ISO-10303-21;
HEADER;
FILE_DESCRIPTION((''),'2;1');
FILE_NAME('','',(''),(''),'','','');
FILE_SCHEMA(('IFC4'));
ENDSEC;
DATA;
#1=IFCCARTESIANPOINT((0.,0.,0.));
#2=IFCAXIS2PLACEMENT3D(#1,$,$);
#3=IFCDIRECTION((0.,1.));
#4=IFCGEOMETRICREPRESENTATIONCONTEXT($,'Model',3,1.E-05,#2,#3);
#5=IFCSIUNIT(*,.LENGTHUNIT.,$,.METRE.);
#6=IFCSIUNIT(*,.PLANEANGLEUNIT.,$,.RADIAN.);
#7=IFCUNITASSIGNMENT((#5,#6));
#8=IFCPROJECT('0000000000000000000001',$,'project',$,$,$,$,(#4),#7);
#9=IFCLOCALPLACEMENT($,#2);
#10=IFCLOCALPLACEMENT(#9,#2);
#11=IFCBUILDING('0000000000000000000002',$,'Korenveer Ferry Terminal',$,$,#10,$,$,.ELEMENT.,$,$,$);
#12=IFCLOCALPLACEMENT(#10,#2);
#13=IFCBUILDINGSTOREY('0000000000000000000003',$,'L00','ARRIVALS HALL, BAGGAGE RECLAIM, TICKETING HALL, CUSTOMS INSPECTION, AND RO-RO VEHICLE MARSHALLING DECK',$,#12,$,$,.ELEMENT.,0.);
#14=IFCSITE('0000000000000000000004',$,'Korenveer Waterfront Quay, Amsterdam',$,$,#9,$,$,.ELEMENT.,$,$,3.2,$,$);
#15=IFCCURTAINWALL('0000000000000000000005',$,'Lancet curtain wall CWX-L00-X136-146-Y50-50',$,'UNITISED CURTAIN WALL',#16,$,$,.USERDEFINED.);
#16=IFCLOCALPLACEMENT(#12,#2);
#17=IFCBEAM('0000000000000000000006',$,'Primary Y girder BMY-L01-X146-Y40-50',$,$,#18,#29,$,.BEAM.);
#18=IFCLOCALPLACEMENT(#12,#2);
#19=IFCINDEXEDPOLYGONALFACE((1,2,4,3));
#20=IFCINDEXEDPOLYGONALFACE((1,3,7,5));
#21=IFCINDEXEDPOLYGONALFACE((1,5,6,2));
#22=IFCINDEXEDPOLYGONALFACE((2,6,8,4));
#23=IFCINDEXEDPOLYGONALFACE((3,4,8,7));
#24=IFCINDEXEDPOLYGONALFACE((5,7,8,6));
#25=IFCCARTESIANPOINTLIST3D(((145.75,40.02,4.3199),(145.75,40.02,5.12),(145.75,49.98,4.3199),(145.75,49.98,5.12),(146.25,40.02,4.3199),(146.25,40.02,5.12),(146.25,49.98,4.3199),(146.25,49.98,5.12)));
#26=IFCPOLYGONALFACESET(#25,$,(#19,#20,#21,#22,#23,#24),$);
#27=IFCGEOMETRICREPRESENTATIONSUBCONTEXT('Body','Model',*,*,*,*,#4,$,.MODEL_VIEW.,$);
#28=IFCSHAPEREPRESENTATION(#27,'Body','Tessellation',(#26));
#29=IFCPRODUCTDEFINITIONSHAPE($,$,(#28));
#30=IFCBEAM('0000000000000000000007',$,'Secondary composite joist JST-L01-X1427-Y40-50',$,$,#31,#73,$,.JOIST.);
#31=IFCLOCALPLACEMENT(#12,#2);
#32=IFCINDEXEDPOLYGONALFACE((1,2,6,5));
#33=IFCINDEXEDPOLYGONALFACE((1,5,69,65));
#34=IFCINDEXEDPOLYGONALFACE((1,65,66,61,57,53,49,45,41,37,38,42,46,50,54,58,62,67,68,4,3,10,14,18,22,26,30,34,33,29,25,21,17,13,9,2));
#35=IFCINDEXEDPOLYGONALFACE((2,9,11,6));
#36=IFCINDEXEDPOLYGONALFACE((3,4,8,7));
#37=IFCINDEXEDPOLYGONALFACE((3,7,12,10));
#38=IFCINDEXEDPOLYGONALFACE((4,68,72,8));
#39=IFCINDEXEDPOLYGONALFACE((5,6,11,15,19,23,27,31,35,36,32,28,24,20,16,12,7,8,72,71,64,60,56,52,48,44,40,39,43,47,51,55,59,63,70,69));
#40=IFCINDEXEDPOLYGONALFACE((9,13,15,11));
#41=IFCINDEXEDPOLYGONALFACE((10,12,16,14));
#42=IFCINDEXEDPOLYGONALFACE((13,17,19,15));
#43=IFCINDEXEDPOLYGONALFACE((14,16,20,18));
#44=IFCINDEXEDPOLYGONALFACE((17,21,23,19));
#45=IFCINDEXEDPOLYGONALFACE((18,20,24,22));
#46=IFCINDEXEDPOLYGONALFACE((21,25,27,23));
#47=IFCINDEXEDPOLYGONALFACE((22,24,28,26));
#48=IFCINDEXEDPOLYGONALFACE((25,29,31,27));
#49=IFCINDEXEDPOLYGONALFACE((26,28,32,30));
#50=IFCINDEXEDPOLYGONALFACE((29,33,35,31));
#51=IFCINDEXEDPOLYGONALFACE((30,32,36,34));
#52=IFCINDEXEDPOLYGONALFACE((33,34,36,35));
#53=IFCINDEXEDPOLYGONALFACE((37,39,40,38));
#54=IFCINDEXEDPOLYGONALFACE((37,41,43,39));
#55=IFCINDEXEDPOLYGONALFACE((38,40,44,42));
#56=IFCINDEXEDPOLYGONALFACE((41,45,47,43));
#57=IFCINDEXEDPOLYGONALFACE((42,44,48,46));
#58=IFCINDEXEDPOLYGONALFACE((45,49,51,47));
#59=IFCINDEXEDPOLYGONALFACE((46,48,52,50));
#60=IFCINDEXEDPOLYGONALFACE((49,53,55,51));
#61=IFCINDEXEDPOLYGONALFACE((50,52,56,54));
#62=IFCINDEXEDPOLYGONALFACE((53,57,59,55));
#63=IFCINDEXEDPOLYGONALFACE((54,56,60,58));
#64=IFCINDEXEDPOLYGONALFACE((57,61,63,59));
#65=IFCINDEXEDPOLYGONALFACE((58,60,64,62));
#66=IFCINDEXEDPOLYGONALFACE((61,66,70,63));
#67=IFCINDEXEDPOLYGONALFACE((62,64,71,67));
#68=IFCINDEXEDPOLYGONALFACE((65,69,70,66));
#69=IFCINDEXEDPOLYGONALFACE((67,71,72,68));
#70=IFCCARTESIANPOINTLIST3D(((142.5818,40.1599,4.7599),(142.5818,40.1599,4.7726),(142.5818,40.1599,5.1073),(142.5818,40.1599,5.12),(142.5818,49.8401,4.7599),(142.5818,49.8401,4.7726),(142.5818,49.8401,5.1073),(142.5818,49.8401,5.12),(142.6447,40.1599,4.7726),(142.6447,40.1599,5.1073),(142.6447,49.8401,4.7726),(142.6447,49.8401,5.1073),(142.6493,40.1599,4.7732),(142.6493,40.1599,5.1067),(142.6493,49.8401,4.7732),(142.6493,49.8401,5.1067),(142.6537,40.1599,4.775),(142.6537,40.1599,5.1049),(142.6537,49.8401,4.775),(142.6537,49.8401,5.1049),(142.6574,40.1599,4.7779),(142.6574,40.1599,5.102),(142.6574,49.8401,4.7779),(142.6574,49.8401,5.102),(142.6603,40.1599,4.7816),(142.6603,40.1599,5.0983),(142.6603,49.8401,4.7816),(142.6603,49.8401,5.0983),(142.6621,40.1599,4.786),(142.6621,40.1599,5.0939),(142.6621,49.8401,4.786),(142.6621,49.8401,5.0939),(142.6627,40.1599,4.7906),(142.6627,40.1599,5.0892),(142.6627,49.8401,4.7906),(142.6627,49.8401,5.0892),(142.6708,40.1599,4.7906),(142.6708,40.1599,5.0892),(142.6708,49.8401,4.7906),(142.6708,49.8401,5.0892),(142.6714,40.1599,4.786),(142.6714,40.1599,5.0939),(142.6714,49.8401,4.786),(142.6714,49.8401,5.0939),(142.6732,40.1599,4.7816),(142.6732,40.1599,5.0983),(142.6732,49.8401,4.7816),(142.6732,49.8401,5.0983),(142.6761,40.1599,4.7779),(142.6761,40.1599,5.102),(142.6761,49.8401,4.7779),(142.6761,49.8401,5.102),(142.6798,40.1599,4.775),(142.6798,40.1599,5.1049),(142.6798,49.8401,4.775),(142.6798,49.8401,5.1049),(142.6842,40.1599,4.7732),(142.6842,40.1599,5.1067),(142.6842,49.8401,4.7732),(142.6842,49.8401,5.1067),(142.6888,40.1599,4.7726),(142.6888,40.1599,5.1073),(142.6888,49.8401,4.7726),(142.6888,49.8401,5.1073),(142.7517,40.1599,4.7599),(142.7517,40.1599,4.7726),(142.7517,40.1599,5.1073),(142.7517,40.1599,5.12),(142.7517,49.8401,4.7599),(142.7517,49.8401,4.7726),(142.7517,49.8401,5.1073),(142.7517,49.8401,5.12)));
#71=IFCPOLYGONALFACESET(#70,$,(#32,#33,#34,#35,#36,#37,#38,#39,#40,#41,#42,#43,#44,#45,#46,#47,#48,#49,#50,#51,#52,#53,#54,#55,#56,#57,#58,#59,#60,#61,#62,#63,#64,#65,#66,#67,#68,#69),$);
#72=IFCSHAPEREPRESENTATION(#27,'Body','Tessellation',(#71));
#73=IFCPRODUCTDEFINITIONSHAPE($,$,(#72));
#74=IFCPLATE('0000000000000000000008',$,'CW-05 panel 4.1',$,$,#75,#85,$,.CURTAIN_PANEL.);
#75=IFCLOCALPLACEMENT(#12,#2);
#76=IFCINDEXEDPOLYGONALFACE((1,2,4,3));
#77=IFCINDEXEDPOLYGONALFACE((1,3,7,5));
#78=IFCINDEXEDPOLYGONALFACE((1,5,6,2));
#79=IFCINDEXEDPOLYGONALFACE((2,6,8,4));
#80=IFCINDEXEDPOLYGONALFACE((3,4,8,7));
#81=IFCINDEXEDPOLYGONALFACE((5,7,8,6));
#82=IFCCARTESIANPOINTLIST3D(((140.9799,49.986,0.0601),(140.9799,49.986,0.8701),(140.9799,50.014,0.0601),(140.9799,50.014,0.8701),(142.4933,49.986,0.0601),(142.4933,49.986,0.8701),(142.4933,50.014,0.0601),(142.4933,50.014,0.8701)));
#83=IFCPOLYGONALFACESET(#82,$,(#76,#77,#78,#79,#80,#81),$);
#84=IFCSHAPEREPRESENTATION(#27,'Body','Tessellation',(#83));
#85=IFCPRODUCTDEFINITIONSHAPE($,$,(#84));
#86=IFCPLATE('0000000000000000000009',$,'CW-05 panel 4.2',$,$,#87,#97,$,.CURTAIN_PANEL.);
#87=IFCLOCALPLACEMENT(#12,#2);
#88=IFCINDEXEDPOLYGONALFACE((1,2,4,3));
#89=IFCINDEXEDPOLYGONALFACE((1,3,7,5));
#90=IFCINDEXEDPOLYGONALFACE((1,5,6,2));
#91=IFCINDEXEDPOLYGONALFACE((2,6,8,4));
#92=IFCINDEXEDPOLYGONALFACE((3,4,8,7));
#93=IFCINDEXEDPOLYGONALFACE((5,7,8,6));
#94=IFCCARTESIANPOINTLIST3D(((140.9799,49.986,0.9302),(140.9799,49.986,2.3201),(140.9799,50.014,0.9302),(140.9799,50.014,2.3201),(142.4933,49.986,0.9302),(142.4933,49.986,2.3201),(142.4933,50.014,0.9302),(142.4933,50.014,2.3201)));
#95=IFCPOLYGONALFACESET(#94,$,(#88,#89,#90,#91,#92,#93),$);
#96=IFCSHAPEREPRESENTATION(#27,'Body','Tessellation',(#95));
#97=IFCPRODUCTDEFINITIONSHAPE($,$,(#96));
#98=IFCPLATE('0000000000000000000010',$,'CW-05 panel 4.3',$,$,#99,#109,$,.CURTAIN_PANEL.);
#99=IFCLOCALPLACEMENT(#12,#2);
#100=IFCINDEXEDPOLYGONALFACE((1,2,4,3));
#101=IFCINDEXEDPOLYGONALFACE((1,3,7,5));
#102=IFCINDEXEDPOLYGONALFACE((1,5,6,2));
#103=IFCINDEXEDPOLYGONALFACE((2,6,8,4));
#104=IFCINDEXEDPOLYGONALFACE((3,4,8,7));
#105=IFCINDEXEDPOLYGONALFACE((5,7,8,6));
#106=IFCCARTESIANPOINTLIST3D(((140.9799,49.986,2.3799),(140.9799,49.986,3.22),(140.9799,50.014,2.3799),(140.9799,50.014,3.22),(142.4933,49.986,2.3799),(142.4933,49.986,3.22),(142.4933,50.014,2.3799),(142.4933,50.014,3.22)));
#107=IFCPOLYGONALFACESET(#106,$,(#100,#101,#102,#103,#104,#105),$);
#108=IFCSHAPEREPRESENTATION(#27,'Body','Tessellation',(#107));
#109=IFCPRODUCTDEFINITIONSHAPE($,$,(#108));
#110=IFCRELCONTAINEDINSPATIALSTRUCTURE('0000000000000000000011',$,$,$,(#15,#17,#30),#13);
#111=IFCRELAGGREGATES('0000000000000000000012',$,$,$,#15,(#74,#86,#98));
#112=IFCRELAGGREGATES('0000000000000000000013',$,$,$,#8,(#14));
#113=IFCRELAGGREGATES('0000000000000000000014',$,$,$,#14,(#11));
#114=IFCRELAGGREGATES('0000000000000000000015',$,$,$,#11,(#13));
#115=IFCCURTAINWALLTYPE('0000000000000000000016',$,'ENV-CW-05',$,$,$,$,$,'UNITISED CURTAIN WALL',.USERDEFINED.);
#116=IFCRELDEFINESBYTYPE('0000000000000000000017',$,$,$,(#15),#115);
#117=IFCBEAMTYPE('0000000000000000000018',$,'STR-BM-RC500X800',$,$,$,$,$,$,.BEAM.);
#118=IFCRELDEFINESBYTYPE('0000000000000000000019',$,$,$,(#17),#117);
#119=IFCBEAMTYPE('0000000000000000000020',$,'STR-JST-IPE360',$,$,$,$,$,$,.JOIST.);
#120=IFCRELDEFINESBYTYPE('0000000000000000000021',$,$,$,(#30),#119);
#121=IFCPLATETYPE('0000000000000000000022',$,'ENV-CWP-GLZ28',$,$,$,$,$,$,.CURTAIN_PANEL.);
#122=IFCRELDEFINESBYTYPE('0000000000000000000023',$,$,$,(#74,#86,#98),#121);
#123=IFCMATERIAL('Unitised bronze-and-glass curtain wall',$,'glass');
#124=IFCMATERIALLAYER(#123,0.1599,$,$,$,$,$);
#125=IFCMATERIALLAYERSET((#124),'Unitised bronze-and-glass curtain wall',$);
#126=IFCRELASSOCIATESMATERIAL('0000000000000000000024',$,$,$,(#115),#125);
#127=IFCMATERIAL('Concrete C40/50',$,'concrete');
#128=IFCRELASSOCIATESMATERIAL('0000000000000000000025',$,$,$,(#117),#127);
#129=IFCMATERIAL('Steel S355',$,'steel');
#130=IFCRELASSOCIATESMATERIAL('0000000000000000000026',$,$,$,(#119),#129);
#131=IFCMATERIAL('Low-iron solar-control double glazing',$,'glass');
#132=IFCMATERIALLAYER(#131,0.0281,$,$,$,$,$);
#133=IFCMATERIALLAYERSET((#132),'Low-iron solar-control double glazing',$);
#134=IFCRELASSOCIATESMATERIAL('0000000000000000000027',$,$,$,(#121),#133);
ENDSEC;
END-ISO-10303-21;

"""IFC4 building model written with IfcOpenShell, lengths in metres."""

from ifc_helpers import new_model, si_unit, direction, frame, origin, origin_2d, place, context, subcontext, project, spatial, rectangle, i_section, extrude, material, layer, layer_set, material_profile, profile_set, type_object, element, aggregate, save


model = new_model("IFC4")

# Units and contexts
model_context = context("Model", 3, precision=1e-05, world=origin(), true_north=direction((0.0, 1.0)))
body_context = subcontext(model_context, "Body", "Model", "MODEL_VIEW")
ifc_project = project(units=[si_unit("LENGTHUNIT", "METRE"), si_unit("PLANEANGLEUNIT", "RADIAN")], contexts=[model_context])

# Site, building, storey
site_placement = place(None, origin())
site = spatial("IfcSite", under=ifc_project, at=site_placement, Name="Korenveer Waterfront Quay, Amsterdam", CompositionType="ELEMENT", RefElevation=3.2)
building_placement = place(site_placement, origin())
building = spatial("IfcBuilding", under=site, at=building_placement, Name="Korenveer Ferry Terminal", CompositionType="ELEMENT")
storey_placement = place(building_placement, origin())
storey = spatial("IfcBuildingStorey", under=building, at=storey_placement, Name="L00", Description="ARRIVALS HALL, BAGGAGE RECLAIM, TICKETING HALL, CUSTOMS INSPECTION, AND RO-RO VEHICLE MARSHALLING DECK", CompositionType="ELEMENT", Elevation=0.0)

# Shared definitions
ifc_material_1 = material(Name="Concrete C40/50", Category="concrete")

# Curtain wall
ifc_material_2 = material(Name="Unitised bronze-and-glass curtain wall", Category="glass")
ifc_layer_1 = layer(ifc_material_2, 0.1599)
ifc_layer_set_1 = layer_set([ifc_layer_1], Name="Unitised bronze-and-glass curtain wall")
curtain_wall_type = type_object("IfcCurtainWallType", Name="ENV-CW-05", ElementType="UNITISED CURTAIN WALL", PredefinedType="USERDEFINED", material=ifc_layer_set_1)
curtain_wall_placement = place(storey_placement, frame((136.23, 50.0, 0.0)))
curtain_wall = element("IfcCurtainWall", 1, at=curtain_wall_placement, inside=storey, type_object=curtain_wall_type, Name="Lancet curtain wall CWX-L00-X136-146-Y50-50", ObjectType="UNITISED CURTAIN WALL", PredefinedType="USERDEFINED")

# Beams
ifc_material_3 = material(Name="Steel S355", Category="steel")
ifc_material_profile_1 = material_profile(ifc_material_1, rectangle(XDim=0.5, YDim=0.8, at=origin_2d()), Name="RC 500x800")
ifc_profile_set_1 = profile_set([ifc_material_profile_1], Name="Concrete C40/50")
beam_type_1 = type_object("IfcBeamType", Name="STR-BM-RC500X800", PredefinedType="BEAM", material=ifc_profile_set_1)
beam_1_placement = place(storey_placement, frame((146.0, 40.02, 4.72), z_axis=(0.0, 1.0, 0.0), x_axis=(-1.0, 0.0, 0.0)))
element("IfcBeam", 2, at=beam_1_placement, inside=storey, type_object=beam_type_1, Name="Primary Y girder BMY-L01-X146-Y40-50", PredefinedType="BEAM", context=body_context, shape_type="SweptSolid", body=[
    extrude(rectangle(XDim=0.5, YDim=0.8, at=origin_2d()), origin(), (0.0, 0.0, 1.0), 9.96),
])
ifc_material_profile_2 = material_profile(ifc_material_3, i_section(OverallWidth=0.1699, OverallDepth=0.3601, WebThickness=0.0081, FlangeThickness=0.0127, FilletRadius=0.0181, at=origin_2d()), Name="IPE 360")
ifc_profile_set_2 = profile_set([ifc_material_profile_2], Name="Steel S355")
beam_type_2 = type_object("IfcBeamType", Name="STR-JST-IPE360", PredefinedType="JOIST", material=ifc_profile_set_2)
beam_2_placement = place(storey_placement, frame((142.6667, 40.1599, 4.9399), z_axis=(0.0, 1.0, 0.0), x_axis=(-1.0, 0.0, 0.0)))
element("IfcBeam", 3, at=beam_2_placement, inside=storey, type_object=beam_type_2, Name="Secondary composite joist JST-L01-X1427-Y40-50", PredefinedType="JOIST", context=body_context, shape_type="SweptSolid", body=[
    extrude(i_section(OverallWidth=0.1699, OverallDepth=0.3601, WebThickness=0.0081, FlangeThickness=0.0127, FilletRadius=0.0181, at=origin_2d()), origin(), (0.0, 0.0, 1.0), 9.6802),
])

# Plates
ifc_material_4 = material(Name="Low-iron solar-control double glazing", Category="glass")
ifc_layer_2 = layer(ifc_material_4, 0.0281)
ifc_layer_set_2 = layer_set([ifc_layer_2], Name="Low-iron solar-control double glazing")
plate_type = type_object("IfcPlateType", Name="ENV-CWP-GLZ28", PredefinedType="CURTAIN_PANEL", material=ifc_layer_set_2)
plate_1_placement = place(storey_placement, frame((141.7366, 50.0, 0.0601), z_axis=(0.0, 0.0, 1.0), x_axis=(1.0, 0.0, 0.0)))
plate_1 = element("IfcPlate", 4, at=plate_1_placement, type_object=plate_type, Name="CW-05 panel 4.1", PredefinedType="CURTAIN_PANEL", context=body_context, shape_type="SweptSolid", body=[
    extrude(rectangle(XDim=1.5134, YDim=0.0281, at=origin_2d()), origin(), (0.0, 0.0, 1.0), 0.8101),
])
plate_2_placement = place(storey_placement, frame((141.7366, 50.0, 0.9302), z_axis=(0.0, 0.0, 1.0), x_axis=(1.0, 0.0, 0.0)))
plate_2 = element("IfcPlate", 5, at=plate_2_placement, type_object=plate_type, Name="CW-05 panel 4.2", PredefinedType="CURTAIN_PANEL", context=body_context, shape_type="SweptSolid", body=[
    extrude(rectangle(XDim=1.5134, YDim=0.0281, at=origin_2d()), origin(), (0.0, 0.0, 1.0), 1.3899),
])
plate_3_placement = place(storey_placement, frame((141.7366, 50.0, 2.3799), z_axis=(0.0, 0.0, 1.0), x_axis=(1.0, 0.0, 0.0)))
plate_3 = element("IfcPlate", 6, at=plate_3_placement, type_object=plate_type, Name="CW-05 panel 4.3", PredefinedType="CURTAIN_PANEL", context=body_context, shape_type="SweptSolid", body=[
    extrude(rectangle(XDim=1.5134, YDim=0.0281, at=origin_2d()), origin(), (0.0, 0.0, 1.0), 0.8401),
])
aggregate(curtain_wall, [plate_1, plate_2, plate_3])

save(model, "model.ifc")
